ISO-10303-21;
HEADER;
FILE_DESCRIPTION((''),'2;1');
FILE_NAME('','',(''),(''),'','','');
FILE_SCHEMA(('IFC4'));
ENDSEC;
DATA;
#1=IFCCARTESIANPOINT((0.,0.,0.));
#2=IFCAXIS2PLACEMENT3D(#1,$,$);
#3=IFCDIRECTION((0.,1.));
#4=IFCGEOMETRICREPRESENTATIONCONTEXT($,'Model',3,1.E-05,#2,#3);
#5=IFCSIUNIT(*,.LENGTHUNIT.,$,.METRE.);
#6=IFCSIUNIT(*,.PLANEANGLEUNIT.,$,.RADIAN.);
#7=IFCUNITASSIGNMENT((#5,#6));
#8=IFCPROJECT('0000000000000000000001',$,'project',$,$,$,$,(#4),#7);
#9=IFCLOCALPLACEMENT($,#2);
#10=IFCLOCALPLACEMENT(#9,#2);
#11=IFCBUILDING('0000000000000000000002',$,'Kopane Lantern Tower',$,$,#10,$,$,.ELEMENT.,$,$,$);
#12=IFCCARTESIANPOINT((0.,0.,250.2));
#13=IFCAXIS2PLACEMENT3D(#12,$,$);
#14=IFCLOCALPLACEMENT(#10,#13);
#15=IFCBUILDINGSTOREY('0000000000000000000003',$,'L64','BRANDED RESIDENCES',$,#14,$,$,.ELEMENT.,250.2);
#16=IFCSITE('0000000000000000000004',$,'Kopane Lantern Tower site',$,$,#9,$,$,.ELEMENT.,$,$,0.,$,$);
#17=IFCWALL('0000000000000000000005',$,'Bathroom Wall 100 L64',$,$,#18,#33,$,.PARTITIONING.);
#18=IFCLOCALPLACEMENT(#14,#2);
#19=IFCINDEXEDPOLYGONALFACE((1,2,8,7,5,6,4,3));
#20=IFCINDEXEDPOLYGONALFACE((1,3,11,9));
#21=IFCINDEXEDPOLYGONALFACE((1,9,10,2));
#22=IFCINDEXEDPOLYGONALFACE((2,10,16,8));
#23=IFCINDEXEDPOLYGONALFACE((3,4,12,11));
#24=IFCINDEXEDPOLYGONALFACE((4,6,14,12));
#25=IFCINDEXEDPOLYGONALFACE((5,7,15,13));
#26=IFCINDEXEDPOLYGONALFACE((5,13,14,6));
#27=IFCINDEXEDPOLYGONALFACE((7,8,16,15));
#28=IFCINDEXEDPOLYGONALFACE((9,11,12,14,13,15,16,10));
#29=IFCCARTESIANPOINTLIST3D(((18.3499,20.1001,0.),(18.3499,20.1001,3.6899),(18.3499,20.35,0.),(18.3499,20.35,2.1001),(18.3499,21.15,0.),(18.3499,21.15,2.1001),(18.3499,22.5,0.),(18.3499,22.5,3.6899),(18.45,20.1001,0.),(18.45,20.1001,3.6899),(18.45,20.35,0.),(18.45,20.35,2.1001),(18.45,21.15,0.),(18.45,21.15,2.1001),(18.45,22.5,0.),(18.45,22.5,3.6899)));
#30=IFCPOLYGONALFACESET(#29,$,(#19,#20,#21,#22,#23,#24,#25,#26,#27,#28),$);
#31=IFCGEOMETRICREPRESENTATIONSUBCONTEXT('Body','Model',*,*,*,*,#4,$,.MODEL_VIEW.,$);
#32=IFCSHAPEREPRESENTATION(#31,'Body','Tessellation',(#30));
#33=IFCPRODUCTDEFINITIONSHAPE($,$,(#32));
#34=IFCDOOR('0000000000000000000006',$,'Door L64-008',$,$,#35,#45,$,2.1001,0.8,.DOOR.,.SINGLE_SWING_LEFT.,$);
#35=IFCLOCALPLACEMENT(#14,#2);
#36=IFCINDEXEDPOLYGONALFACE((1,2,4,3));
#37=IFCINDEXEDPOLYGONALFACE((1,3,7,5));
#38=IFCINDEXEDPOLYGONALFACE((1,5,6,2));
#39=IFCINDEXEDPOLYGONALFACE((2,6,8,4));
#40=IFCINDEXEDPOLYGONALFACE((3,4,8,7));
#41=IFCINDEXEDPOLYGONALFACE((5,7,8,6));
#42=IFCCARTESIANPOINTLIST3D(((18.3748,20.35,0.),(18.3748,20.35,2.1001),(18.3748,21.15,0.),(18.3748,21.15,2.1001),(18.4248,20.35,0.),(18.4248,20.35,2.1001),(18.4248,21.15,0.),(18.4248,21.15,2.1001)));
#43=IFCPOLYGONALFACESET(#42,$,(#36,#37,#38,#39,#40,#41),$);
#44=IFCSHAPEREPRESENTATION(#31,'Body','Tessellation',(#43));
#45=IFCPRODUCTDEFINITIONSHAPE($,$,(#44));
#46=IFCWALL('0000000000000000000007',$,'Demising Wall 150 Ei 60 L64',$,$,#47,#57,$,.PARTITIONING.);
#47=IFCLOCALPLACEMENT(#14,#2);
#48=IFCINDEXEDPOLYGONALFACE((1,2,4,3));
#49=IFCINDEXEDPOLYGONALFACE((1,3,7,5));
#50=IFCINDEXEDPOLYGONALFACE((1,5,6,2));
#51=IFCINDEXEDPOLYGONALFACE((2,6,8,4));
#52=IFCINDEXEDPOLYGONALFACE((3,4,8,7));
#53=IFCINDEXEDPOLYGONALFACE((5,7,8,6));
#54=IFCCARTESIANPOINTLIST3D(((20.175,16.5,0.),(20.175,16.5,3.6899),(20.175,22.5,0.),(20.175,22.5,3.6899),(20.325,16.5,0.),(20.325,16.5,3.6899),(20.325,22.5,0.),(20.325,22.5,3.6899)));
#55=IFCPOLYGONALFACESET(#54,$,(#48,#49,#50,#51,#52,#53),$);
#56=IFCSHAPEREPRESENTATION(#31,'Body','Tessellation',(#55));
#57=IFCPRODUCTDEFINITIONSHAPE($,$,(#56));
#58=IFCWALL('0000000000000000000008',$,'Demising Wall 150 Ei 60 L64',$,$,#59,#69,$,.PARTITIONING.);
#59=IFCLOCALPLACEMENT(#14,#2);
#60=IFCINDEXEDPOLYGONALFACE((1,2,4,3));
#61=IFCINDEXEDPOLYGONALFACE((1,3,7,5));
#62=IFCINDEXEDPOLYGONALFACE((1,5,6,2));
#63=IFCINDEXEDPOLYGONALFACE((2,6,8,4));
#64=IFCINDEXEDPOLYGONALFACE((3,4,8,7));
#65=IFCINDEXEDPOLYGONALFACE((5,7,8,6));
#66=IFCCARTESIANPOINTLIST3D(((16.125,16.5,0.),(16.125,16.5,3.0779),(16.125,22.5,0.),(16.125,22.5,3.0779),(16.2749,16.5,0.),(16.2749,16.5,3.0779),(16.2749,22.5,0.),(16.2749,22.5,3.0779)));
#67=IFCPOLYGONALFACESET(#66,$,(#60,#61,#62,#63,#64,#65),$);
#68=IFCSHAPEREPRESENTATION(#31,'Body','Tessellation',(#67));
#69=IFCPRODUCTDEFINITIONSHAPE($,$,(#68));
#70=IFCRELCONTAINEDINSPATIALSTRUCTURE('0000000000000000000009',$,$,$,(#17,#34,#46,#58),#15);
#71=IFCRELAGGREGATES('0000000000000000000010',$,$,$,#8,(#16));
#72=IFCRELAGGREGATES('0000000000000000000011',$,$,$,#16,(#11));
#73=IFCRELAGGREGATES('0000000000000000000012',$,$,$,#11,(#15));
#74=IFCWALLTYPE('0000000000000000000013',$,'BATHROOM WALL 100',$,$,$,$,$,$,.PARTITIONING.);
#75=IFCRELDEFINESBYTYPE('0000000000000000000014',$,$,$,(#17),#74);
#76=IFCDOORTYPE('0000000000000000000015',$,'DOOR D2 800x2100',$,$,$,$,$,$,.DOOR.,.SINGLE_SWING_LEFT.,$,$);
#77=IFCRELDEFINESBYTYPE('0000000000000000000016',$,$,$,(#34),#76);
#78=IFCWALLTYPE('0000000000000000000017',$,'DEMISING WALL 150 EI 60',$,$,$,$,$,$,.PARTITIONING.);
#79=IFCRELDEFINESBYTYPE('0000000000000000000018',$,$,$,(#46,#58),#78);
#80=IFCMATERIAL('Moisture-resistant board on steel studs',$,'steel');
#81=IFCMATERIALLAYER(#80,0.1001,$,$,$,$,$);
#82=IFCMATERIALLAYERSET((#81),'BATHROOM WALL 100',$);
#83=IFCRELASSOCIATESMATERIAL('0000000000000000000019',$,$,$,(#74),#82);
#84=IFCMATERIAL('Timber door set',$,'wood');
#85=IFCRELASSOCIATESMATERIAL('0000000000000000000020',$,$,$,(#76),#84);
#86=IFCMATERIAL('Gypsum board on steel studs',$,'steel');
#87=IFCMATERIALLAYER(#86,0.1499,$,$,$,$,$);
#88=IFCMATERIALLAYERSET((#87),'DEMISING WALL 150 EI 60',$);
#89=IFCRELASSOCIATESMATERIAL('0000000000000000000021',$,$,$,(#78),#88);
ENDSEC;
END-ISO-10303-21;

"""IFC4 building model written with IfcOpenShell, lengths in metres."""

from ifc_helpers import new_model, si_unit, direction, frame, frame_2d, origin, place, context, subcontext, project, spatial, rectangle, extrude, material, layer, layer_set, type_object, element, fill, save


model = new_model("IFC4")

# Units and contexts
model_context = context("Model", 3, precision=1e-05, world=origin(), true_north=direction((0.0, 1.0)))
body_context = subcontext(model_context, "Body", "Model", "MODEL_VIEW")
ifc_project = project(units=[si_unit("LENGTHUNIT", "METRE"), si_unit("PLANEANGLEUNIT", "RADIAN")], contexts=[model_context])

# Site, building, storey
site_placement = place(None, origin())
site = spatial("IfcSite", under=ifc_project, at=site_placement, Name="Kopane Lantern Tower site", CompositionType="ELEMENT", RefElevation=0.0)
building_placement = place(site_placement, origin())
building = spatial("IfcBuilding", under=site, at=building_placement, Name="Kopane Lantern Tower", CompositionType="ELEMENT")
storey_placement = place(building_placement, frame((0.0, 0.0, 250.2)))
storey = spatial("IfcBuildingStorey", under=building, at=storey_placement, Name="L64", Description="BRANDED RESIDENCES", CompositionType="ELEMENT", Elevation=250.2)

# Shared definitions
ifc_material_1 = material(Name="Moisture-resistant board on steel studs", Category="steel")
ifc_layer_1 = layer(ifc_material_1, 0.1001)
ifc_layer_set_1 = layer_set([ifc_layer_1], Name="BATHROOM WALL 100")
wall_type_1 = type_object("IfcWallType", Name="BATHROOM WALL 100", PredefinedType="PARTITIONING", material=ifc_layer_set_1)

# Wall, opening, door
wall_1_placement = place(storey_placement, frame((18.3999, 22.5, 0.0), z_axis=(0.0, 0.0, 1.0), x_axis=(0.0, -1.0, 0.0)))
wall_1 = element("IfcWall", 1, at=wall_1_placement, inside=storey, type_object=wall_type_1, Name="Bathroom Wall 100 L64", PredefinedType="PARTITIONING", context=body_context, shape_type="SweptSolid", body=[
    extrude(rectangle(XDim=2.3999, YDim=0.1001, at=frame_2d((1.2, 0.0))), origin(), (0.0, 0.0, 1.0), 3.6899),
])
opening_1_placement = place(wall_1_placement, frame((1.3501, 0.0, 0.0)))
opening_1 = element("IfcOpeningElement", 2, at=opening_1_placement, cuts=wall_1, PredefinedType="OPENING", context=body_context, shape_type="SweptSolid", body=[
    extrude(rectangle(XDim=0.8, YDim=2.1001, at=frame_2d((0.3999, 1.05))), frame((0.0, 0.0601, 0.0), z_axis=(0.0, -1.0, 0.0), x_axis=(1.0, 0.0, 0.0)), (0.0, 0.0, 1.0), 0.1201),
])
ifc_material_2 = material(Name="Timber door set", Category="wood")
door_type_1 = type_object("IfcDoorType", Name="DOOR D2 800x2100", OperationType="SINGLE_SWING_LEFT", PredefinedType="DOOR", material=ifc_material_2)
door_1_placement = place(opening_1_placement, origin())
door_1 = element("IfcDoor", 3, at=door_1_placement, inside=storey, type_object=door_type_1, Name="Door L64-008", OperationType="SINGLE_SWING_LEFT", OverallHeight=2.1001, OverallWidth=0.8, PredefinedType="DOOR", context=body_context, shape_type="SweptSolid", body=[
    extrude(rectangle(XDim=0.8, YDim=2.1001, at=frame_2d((0.3999, 1.05))), frame((0.0, 0.0249, 0.0), z_axis=(0.0, -1.0, 0.0), x_axis=(1.0, 0.0, 0.0)), (0.0, 0.0, 1.0), 0.05),
])
fill(opening_1, door_1)

# Walls
ifc_material_3 = material(Name="Gypsum board on steel studs", Category="steel")
ifc_layer_2 = layer(ifc_material_3, 0.1499)
ifc_layer_set_2 = layer_set([ifc_layer_2], Name="DEMISING WALL 150 EI 60")
wall_type_2 = type_object("IfcWallType", Name="DEMISING WALL 150 EI 60", PredefinedType="PARTITIONING", material=ifc_layer_set_2)
wall_2_placement = place(storey_placement, frame((20.25, 22.5, 0.0), z_axis=(0.0, 0.0, 1.0), x_axis=(0.0, -1.0, 0.0)))
element("IfcWall", 4, at=wall_2_placement, inside=storey, type_object=wall_type_2, Name="Demising Wall 150 Ei 60 L64", PredefinedType="PARTITIONING", context=body_context, shape_type="SweptSolid", body=[
    extrude(rectangle(XDim=6.0, YDim=0.1499, at=frame_2d((3.0, 0.0))), origin(), (0.0, 0.0, 1.0), 3.6899),
])
wall_3_placement = place(storey_placement, frame((16.2, 22.5, 0.0), z_axis=(0.0, 0.0, 1.0), x_axis=(0.0, -1.0, 0.0)))
element("IfcWall", 5, at=wall_3_placement, inside=storey, type_object=wall_type_2, Name="Demising Wall 150 Ei 60 L64", PredefinedType="PARTITIONING", context=body_context, shape_type="SweptSolid", body=[
    extrude(rectangle(XDim=6.0, YDim=0.1499, at=frame_2d((3.0, 0.0))), origin(), (0.0, 0.0, 1.0), 3.0779),
])

save(model, "model.ifc")
